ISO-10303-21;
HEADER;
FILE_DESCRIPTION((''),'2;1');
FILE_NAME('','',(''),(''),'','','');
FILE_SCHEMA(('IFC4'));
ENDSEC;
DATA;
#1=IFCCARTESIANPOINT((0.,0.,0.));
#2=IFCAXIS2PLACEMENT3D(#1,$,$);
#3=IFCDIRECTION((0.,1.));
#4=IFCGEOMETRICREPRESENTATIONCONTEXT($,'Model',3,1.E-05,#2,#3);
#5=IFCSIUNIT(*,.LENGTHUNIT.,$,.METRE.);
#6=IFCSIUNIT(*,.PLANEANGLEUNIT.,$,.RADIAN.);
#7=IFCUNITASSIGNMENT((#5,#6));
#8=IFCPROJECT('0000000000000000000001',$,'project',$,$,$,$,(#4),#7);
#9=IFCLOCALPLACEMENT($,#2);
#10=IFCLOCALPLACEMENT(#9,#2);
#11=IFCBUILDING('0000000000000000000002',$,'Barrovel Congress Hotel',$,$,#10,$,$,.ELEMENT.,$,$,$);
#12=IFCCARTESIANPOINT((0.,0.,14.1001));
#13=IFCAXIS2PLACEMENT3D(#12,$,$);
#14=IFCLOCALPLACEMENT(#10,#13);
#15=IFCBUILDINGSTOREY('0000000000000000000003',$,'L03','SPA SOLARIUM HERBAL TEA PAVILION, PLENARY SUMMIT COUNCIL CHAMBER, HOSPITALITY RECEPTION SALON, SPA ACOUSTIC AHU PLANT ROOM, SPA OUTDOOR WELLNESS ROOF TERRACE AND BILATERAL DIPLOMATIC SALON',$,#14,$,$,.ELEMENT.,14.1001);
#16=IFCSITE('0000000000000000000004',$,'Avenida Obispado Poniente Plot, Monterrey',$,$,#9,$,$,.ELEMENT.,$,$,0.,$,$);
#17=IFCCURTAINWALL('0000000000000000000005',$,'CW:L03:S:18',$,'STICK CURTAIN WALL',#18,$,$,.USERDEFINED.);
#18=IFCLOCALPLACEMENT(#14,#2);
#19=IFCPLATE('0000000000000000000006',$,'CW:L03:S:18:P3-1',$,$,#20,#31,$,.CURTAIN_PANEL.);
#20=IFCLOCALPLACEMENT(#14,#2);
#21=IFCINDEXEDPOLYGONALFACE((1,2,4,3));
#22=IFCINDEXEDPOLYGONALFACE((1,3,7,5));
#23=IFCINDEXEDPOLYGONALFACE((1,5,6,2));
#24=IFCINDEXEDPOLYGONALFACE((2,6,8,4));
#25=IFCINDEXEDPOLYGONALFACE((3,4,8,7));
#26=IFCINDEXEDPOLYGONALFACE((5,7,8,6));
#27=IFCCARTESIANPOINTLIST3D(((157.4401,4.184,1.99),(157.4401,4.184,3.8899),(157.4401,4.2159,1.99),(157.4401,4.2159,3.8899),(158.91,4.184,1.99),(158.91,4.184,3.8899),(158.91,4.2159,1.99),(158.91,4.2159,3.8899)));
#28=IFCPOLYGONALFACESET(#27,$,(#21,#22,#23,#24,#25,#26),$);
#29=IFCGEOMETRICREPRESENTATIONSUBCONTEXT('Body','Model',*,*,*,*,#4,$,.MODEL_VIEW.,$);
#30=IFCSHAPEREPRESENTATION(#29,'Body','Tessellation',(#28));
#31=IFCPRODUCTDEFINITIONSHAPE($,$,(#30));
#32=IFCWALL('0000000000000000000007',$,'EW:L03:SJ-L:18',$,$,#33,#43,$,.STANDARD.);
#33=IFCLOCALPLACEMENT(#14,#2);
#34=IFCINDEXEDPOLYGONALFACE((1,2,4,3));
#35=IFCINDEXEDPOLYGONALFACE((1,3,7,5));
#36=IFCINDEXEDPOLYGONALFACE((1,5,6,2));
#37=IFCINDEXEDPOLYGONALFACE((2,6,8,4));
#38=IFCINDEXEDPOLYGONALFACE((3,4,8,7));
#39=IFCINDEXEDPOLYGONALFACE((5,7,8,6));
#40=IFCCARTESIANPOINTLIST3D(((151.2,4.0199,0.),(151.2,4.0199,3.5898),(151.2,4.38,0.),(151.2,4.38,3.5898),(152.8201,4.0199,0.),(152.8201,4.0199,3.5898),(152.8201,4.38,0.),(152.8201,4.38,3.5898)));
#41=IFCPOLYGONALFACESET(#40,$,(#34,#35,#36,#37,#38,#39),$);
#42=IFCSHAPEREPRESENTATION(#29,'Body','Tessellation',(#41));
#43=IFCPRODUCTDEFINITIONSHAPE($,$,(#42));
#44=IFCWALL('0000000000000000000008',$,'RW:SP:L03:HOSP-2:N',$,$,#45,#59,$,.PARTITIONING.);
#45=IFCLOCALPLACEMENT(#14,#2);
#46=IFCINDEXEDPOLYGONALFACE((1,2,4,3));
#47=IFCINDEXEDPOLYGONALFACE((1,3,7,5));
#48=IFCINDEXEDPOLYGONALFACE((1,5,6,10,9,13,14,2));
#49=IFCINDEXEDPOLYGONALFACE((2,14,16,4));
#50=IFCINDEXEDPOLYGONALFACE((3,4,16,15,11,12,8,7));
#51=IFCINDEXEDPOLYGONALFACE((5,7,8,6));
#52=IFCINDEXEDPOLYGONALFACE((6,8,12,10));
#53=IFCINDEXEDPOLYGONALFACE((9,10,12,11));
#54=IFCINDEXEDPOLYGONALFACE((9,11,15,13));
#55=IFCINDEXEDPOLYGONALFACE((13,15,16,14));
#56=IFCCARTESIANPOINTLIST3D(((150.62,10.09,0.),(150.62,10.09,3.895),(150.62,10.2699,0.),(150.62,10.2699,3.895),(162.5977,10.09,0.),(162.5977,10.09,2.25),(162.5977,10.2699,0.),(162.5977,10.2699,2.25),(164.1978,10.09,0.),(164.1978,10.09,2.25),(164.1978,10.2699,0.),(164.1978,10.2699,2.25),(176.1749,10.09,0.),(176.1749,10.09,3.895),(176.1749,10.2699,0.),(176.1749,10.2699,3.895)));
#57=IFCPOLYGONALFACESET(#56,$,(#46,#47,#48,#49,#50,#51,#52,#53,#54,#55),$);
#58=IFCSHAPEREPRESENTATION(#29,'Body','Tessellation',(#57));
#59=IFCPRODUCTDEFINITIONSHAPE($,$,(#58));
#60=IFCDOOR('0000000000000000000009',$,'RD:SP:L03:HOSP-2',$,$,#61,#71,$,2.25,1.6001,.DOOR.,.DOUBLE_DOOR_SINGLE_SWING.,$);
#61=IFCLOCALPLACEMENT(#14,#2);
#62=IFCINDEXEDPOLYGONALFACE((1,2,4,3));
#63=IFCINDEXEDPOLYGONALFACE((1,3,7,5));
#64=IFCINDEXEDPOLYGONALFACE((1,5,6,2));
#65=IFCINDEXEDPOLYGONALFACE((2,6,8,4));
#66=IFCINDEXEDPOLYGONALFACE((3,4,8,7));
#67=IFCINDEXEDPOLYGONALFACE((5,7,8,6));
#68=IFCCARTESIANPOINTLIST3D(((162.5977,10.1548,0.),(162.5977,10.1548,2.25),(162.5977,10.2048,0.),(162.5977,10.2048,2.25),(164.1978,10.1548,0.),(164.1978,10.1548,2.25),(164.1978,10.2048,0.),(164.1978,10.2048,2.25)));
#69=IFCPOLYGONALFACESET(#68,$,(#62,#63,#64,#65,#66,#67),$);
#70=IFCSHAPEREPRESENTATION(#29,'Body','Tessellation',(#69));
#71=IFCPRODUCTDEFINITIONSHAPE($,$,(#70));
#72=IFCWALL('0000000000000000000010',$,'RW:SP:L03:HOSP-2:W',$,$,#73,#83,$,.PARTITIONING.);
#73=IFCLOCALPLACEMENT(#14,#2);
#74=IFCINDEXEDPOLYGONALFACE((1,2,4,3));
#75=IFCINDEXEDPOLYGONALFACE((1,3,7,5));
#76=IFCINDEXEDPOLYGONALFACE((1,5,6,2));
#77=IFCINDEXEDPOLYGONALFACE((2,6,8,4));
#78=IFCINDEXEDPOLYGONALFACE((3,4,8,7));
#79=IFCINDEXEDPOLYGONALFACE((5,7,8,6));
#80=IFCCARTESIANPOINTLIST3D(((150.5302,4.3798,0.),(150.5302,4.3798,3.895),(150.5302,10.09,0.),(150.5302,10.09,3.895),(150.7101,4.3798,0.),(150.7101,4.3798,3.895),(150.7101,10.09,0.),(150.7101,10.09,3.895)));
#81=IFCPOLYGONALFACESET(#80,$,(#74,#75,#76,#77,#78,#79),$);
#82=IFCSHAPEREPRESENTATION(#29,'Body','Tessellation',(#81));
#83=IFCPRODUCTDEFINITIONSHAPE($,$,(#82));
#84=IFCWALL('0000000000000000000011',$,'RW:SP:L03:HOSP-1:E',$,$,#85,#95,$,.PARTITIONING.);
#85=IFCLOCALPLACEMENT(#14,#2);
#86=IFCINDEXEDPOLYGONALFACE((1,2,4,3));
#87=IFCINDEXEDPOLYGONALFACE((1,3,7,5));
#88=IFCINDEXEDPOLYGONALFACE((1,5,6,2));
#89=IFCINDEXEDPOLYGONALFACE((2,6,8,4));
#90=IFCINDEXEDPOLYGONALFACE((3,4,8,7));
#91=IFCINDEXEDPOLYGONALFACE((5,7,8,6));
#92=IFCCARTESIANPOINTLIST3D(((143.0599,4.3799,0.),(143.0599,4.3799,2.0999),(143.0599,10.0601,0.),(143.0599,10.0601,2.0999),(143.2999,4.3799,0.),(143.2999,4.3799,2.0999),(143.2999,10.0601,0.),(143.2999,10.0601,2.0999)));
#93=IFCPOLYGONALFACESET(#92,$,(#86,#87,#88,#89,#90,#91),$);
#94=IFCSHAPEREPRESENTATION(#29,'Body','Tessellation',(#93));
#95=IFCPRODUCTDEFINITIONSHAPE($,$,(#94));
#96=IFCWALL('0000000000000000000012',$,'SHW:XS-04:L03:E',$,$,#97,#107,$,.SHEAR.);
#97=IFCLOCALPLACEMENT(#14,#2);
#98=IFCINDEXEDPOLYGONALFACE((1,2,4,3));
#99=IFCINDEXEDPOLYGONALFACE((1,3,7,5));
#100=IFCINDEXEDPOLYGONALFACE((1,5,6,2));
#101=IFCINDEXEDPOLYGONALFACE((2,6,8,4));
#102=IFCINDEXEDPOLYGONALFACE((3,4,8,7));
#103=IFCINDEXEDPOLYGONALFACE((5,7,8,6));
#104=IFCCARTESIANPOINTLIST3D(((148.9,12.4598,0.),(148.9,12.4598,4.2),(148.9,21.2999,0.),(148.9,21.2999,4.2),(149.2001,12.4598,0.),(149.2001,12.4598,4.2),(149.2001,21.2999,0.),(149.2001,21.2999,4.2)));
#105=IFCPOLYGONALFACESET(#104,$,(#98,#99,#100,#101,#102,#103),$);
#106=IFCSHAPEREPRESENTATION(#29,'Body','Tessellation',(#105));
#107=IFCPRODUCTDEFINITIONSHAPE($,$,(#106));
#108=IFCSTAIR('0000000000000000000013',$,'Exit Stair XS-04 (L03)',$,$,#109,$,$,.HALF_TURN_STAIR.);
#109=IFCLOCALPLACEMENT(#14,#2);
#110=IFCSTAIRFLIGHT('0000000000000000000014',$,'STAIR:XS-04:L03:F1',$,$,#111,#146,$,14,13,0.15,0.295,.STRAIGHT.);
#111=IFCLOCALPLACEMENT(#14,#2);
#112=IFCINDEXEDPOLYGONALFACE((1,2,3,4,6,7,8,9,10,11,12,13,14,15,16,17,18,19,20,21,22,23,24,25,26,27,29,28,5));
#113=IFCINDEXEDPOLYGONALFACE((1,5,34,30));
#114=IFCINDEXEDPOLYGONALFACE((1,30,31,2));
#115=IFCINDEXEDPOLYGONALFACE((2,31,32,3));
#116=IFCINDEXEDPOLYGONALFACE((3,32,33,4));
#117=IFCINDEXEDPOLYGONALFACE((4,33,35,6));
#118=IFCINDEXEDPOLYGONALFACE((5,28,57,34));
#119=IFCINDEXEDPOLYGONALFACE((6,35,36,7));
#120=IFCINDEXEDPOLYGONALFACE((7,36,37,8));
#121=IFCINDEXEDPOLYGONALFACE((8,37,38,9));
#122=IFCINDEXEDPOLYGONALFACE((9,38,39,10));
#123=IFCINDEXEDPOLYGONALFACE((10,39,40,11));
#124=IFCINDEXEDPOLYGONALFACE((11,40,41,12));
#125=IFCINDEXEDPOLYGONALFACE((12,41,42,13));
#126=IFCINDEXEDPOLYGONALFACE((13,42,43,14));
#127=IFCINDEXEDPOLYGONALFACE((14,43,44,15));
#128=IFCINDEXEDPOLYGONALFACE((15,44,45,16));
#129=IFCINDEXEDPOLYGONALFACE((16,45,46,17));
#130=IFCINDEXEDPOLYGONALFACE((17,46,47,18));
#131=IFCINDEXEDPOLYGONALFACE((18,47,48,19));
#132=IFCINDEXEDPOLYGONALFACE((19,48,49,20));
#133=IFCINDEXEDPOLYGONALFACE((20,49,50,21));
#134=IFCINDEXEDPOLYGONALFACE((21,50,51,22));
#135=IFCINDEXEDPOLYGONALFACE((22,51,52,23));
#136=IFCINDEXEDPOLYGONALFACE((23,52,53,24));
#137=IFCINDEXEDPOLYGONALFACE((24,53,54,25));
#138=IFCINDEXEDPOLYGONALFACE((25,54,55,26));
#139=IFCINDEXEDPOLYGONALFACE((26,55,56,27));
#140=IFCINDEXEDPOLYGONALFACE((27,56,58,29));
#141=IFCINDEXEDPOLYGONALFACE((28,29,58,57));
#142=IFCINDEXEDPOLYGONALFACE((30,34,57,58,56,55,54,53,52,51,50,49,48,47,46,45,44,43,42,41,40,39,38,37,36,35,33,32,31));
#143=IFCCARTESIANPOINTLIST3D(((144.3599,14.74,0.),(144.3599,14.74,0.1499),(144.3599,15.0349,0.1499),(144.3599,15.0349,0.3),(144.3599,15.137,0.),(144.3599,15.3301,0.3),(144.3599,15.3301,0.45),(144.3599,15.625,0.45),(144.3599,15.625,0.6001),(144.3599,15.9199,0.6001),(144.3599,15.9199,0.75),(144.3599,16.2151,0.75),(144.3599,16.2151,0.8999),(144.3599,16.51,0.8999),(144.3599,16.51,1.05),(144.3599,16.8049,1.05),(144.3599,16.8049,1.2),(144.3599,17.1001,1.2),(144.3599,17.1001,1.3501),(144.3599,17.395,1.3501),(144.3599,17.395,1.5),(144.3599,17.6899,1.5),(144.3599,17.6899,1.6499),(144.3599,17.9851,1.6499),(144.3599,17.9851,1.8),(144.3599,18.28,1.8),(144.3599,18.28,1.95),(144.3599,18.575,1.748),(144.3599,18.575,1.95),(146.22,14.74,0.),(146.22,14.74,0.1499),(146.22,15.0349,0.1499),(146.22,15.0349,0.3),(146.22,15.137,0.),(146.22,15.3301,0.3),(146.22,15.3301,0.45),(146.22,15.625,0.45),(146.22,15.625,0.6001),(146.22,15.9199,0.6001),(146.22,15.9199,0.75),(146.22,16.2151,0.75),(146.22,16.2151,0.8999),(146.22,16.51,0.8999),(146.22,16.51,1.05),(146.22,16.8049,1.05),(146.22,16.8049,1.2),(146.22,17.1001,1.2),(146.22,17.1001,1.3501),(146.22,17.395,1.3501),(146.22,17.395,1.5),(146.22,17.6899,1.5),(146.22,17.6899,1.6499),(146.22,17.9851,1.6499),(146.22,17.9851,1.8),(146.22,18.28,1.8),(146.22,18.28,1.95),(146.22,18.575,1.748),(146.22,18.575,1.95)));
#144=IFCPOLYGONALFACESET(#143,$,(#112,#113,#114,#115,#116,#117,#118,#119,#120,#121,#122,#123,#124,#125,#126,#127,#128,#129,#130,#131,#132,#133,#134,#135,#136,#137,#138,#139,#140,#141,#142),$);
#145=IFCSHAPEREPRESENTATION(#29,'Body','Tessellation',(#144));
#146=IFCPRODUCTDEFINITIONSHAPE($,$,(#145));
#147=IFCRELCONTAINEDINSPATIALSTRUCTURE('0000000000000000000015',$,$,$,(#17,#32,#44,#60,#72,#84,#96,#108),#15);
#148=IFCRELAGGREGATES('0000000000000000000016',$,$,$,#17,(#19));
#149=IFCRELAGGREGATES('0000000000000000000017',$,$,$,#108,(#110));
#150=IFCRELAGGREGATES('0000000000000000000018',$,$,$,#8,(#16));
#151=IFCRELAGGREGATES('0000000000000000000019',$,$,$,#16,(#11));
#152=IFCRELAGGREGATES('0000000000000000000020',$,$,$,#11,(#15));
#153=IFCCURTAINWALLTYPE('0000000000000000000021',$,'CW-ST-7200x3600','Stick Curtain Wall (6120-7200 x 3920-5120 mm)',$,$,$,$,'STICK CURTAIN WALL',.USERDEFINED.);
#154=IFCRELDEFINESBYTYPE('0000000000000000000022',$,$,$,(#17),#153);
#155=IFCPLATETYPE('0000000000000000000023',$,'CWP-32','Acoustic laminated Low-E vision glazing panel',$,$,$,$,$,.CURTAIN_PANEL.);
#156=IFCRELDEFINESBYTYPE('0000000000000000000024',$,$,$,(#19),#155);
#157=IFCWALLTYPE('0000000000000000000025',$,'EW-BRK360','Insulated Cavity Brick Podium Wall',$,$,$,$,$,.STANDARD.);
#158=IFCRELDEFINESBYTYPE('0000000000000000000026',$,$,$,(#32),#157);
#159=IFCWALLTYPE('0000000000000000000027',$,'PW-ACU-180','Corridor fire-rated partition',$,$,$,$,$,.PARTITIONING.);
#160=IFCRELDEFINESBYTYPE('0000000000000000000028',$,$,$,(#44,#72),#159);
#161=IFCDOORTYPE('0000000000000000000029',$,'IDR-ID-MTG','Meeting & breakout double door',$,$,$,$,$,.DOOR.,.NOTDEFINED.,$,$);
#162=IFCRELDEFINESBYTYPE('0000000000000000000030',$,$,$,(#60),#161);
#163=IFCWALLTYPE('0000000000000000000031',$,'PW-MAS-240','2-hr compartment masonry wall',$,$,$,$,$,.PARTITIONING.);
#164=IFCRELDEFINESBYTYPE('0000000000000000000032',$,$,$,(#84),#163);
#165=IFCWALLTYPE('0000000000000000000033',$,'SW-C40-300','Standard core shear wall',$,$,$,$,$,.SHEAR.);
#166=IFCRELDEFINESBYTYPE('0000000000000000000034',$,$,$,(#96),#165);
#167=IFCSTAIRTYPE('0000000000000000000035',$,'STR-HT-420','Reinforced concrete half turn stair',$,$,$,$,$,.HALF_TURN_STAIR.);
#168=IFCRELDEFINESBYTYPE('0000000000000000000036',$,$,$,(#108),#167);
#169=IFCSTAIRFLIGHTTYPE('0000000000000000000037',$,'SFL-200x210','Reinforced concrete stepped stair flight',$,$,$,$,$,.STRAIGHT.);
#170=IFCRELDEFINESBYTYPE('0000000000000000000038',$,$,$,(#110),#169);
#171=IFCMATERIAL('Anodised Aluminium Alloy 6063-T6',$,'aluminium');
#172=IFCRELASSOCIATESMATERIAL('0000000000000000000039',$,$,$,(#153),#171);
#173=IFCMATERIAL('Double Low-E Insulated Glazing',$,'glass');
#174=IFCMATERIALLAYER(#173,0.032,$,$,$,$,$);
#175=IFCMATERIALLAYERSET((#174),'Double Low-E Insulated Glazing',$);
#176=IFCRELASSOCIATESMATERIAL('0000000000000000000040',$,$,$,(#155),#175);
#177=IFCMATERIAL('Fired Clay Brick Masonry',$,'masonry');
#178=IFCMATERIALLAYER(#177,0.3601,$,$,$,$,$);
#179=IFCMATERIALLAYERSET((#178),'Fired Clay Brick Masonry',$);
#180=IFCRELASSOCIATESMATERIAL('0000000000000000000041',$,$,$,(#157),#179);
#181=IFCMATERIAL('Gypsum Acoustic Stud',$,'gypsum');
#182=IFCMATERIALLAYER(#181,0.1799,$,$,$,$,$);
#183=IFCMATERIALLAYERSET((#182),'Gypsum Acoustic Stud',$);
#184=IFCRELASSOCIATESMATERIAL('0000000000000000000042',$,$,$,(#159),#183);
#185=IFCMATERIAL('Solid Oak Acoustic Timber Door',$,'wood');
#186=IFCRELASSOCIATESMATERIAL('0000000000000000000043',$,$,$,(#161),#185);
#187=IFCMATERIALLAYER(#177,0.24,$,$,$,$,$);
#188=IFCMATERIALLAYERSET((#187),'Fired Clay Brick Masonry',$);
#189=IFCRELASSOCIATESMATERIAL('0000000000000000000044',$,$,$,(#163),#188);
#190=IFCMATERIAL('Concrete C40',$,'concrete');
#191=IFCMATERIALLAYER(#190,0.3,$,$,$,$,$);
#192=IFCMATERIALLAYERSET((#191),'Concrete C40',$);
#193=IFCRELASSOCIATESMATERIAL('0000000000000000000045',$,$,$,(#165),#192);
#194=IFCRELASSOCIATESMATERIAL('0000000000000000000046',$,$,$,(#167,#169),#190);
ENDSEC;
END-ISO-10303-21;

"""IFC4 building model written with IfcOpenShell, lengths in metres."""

from ifc_helpers import new_model, si_unit, direction, frame, frame_2d, origin, origin_2d, place, context, subcontext, project, spatial, polyline, rectangle, outline, extrude, material, layer, layer_set, type_object, element, fill, aggregate, save


model = new_model("IFC4")

# Units and contexts
model_context = context("Model", 3, precision=1e-05, world=origin(), true_north=direction((0.0, 1.0)))
body_context = subcontext(model_context, "Body", "Model", "MODEL_VIEW")
ifc_project = project(units=[si_unit("LENGTHUNIT", "METRE"), si_unit("PLANEANGLEUNIT", "RADIAN")], contexts=[model_context])

# Site, building, storey
site_placement = place(None, origin())
site = spatial("IfcSite", under=ifc_project, at=site_placement, Name="Avenida Obispado Poniente Plot, Monterrey", CompositionType="ELEMENT", RefElevation=0.0)
building_placement = place(site_placement, origin())
building = spatial("IfcBuilding", under=site, at=building_placement, Name="Barrovel Congress Hotel", CompositionType="ELEMENT")
storey_placement = place(building_placement, frame((0.0, 0.0, 14.1001)))
storey = spatial("IfcBuildingStorey", under=building, at=storey_placement, Name="L03", Description="SPA SOLARIUM HERBAL TEA PAVILION, PLENARY SUMMIT COUNCIL CHAMBER, HOSPITALITY RECEPTION SALON, SPA ACOUSTIC AHU PLANT ROOM, SPA OUTDOOR WELLNESS ROOF TERRACE AND BILATERAL DIPLOMATIC SALON", CompositionType="ELEMENT", Elevation=14.1001)

# Shared definitions
ifc_material_1 = material(Name="Concrete C40", Category="concrete")

# Curtain wall
ifc_material_2 = material(Name="Anodised Aluminium Alloy 6063-T6", Category="aluminium")
curtain_wall_type = type_object("IfcCurtainWallType", Name="CW-ST-7200x3600", Description="Stick Curtain Wall (6120-7200 x 3920-5120 mm)", ElementType="STICK CURTAIN WALL", PredefinedType="USERDEFINED", material=ifc_material_2)
curtain_wall_placement = place(storey_placement, origin())
curtain_wall = element("IfcCurtainWall", 1, at=curtain_wall_placement, inside=storey, type_object=curtain_wall_type, Name="CW:L03:S:18", ObjectType="STICK CURTAIN WALL", PredefinedType="USERDEFINED")

# Plate
ifc_material_3 = material(Name="Double Low-E Insulated Glazing", Category="glass")
ifc_layer_1 = layer(ifc_material_3, 0.032)
ifc_layer_set_1 = layer_set([ifc_layer_1], Name="Double Low-E Insulated Glazing")
plate_type = type_object("IfcPlateType", Name="CWP-32", Description="Acoustic laminated Low-E vision glazing panel", PredefinedType="CURTAIN_PANEL", material=ifc_layer_set_1)
plate_1_placement = place(storey_placement, frame((158.175, 4.2, 1.99), z_axis=(0.0, 0.0, 1.0), x_axis=(1.0, 0.0, 0.0)))
plate_1 = element("IfcPlate", 2, at=plate_1_placement, type_object=plate_type, Name="CW:L03:S:18:P3-1", PredefinedType="CURTAIN_PANEL", context=body_context, shape_type="SweptSolid", body=[
    extrude(rectangle(XDim=1.47, YDim=0.032, at=origin_2d()), origin(), (0.0, 0.0, 1.0), 1.8999),
])
aggregate(curtain_wall, [plate_1])

# Wall
ifc_material_4 = material(Name="Fired Clay Brick Masonry", Category="masonry")
ifc_layer_2 = layer(ifc_material_4, 0.3601)
ifc_layer_set_2 = layer_set([ifc_layer_2], Name="Fired Clay Brick Masonry")
wall_type_1 = type_object("IfcWallType", Name="EW-BRK360", Description="Insulated Cavity Brick Podium Wall", PredefinedType="STANDARD", material=ifc_layer_set_2)
wall_1_placement = place(storey_placement, frame((151.2, 4.2, 0.0), z_axis=(0.0, 0.0, 1.0), x_axis=(1.0, 0.0, 0.0)))
element("IfcWall", 3, at=wall_1_placement, inside=storey, type_object=wall_type_1, Name="EW:L03:SJ-L:18", PredefinedType="STANDARD", context=body_context, shape_type="SweptSolid", body=[
    extrude(rectangle(XDim=1.6201, YDim=0.3601, at=frame_2d((0.8101, 0.0))), origin(), (0.0, 0.0, 1.0), 3.5898),
])

# Wall, opening, door
ifc_material_5 = material(Name="Gypsum Acoustic Stud", Category="gypsum")
ifc_layer_3 = layer(ifc_material_5, 0.1799)
ifc_layer_set_3 = layer_set([ifc_layer_3], Name="Gypsum Acoustic Stud")
wall_type_2 = type_object("IfcWallType", Name="PW-ACU-180", Description="Corridor fire-rated partition", PredefinedType="PARTITIONING", material=ifc_layer_set_3)
wall_2_placement = place(storey_placement, frame((150.6201, 10.1799, 0.0), z_axis=(0.0, 0.0, 1.0), x_axis=(1.0, 0.0, 0.0)))
wall_2 = element("IfcWall", 4, at=wall_2_placement, inside=storey, type_object=wall_type_2, Name="RW:SP:L03:HOSP-2:N", PredefinedType="PARTITIONING", context=body_context, shape_type="SweptSolid", body=[
    extrude(rectangle(XDim=25.5549, YDim=0.1799, at=frame_2d((12.7773, 0.0))), origin(), (0.0, 0.0, 1.0), 3.895),
])
opening_1_placement = place(wall_2_placement, frame((11.9775, 0.0, 0.0)))
opening_1 = element("IfcOpeningElement", 5, at=opening_1_placement, cuts=wall_2, PredefinedType="OPENING", context=body_context, shape_type="SweptSolid", body=[
    extrude(rectangle(XDim=1.6001, YDim=2.25, at=frame_2d((0.8, 1.125))), frame((0.0, 0.1001, 0.0), z_axis=(0.0, -1.0, 0.0), x_axis=(1.0, 0.0, 0.0)), (0.0, 0.0, 1.0), 0.2),
])
ifc_material_6 = material(Name="Solid Oak Acoustic Timber Door", Category="wood")
door_type_1 = type_object("IfcDoorType", Name="IDR-ID-MTG", Description="Meeting & breakout double door", OperationType="NOTDEFINED", PredefinedType="DOOR", material=ifc_material_6)
door_1_placement = place(opening_1_placement, origin())
door_1 = element("IfcDoor", 6, at=door_1_placement, inside=storey, type_object=door_type_1, Name="RD:SP:L03:HOSP-2", OperationType="DOUBLE_DOOR_SINGLE_SWING", OverallHeight=2.25, OverallWidth=1.6001, PredefinedType="DOOR", context=body_context, shape_type="SweptSolid", body=[
    extrude(rectangle(XDim=1.6001, YDim=2.25, at=frame_2d((0.8, 1.125))), frame((0.0, 0.0249, 0.0), z_axis=(0.0, -1.0, 0.0), x_axis=(1.0, 0.0, 0.0)), (0.0, 0.0, 1.0), 0.05),
])
fill(opening_1, door_1)

# Walls
wall_3_placement = place(storey_placement, frame((150.6201, 4.3799, 0.0), z_axis=(0.0, 0.0, 1.0), x_axis=(0.0, 1.0, 0.0)))
element("IfcWall", 7, at=wall_3_placement, inside=storey, type_object=wall_type_2, Name="RW:SP:L03:HOSP-2:W", PredefinedType="PARTITIONING", context=body_context, shape_type="SweptSolid", body=[
    extrude(rectangle(XDim=5.7102, YDim=0.1799, at=frame_2d((2.855, 0.0))), origin(), (0.0, 0.0, 1.0), 3.895),
])
ifc_layer_4 = layer(ifc_material_4, 0.24)
ifc_layer_set_4 = layer_set([ifc_layer_4], Name="Fired Clay Brick Masonry")
wall_type_3 = type_object("IfcWallType", Name="PW-MAS-240", Description="2-hr compartment masonry wall", PredefinedType="PARTITIONING", material=ifc_layer_set_4)
wall_4_placement = place(storey_placement, frame((143.1799, 4.3799, 0.0), z_axis=(0.0, 0.0, 1.0), x_axis=(0.0, 1.0, 0.0)))
element("IfcWall", 8, at=wall_4_placement, inside=storey, type_object=wall_type_3, Name="RW:SP:L03:HOSP-1:E", PredefinedType="PARTITIONING", context=body_context, shape_type="SweptSolid", body=[
    extrude(rectangle(XDim=5.6802, YDim=0.24, at=frame_2d((2.8401, 0.0))), origin(), (0.0, 0.0, 1.0), 2.0999),
])

# Shared definitions
ifc_layer_5 = layer(ifc_material_1, 0.3)
ifc_layer_set_5 = layer_set([ifc_layer_5], Name="Concrete C40")
wall_type_4 = type_object("IfcWallType", Name="SW-C40-300", Description="Standard core shear wall", PredefinedType="SHEAR", material=ifc_layer_set_5)

# Wall
wall_5_placement = place(storey_placement, frame((149.05, 12.46, 0.0), z_axis=(0.0, 0.0, 1.0), x_axis=(0.0, 1.0, 0.0)))
element("IfcWall", 9, at=wall_5_placement, inside=storey, type_object=wall_type_4, Name="SHW:XS-04:L03:E", PredefinedType="SHEAR", context=body_context, shape_type="SweptSolid", body=[
    extrude(rectangle(XDim=8.8401, YDim=0.3, at=frame_2d((4.4199, 0.0))), origin(), (0.0, 0.0, 1.0), 4.2),
])

# Stair, stair flight
stair_type = type_object("IfcStairType", Name="STR-HT-420", Description="Reinforced concrete half turn stair", PredefinedType="HALF_TURN_STAIR", material=ifc_material_1)
stair_placement = place(storey_placement, origin())
stair = element("IfcStair", 10, at=stair_placement, inside=storey, type_object=stair_type, Name="Exit Stair XS-04 (L03)", PredefinedType="HALF_TURN_STAIR")
stair_flight_type = type_object("IfcStairFlightType", Name="SFL-200x210", Description="Reinforced concrete stepped stair flight", PredefinedType="STRAIGHT", material=ifc_material_1)
stair_flight_1_placement = place(storey_placement, frame((145.29, 14.74, 0.0), z_axis=(0.0, 0.0, 1.0), x_axis=(0.0, 1.0, 0.0)))
stair_flight_1 = element("IfcStairFlight", 11, at=stair_flight_1_placement, type_object=stair_flight_type, Name="STAIR:XS-04:L03:F1", NumberOfRisers=14, NumberOfTreads=13, PredefinedType="STRAIGHT", RiserHeight=0.15, TreadLength=0.295, context=body_context, shape_type="SweptSolid", body=[
    extrude(outline(polyline([(0.0, 0.0), (0.0, 0.1499), (0.2949, 0.1499), (0.2949, 0.3), (0.5901, 0.3), (0.5901, 0.45), (0.885, 0.45), (0.885, 0.6001), (1.1799, 0.6001), (1.1799, 0.75), (1.4751, 0.75), (1.4751, 0.8999), (1.77, 0.8999), (1.77, 1.05), (2.0649, 1.05), (2.0649, 1.2), (2.3601, 1.2), (2.3601, 1.3501), (2.655, 1.3501), (2.655, 1.5), (2.95, 1.5), (2.95, 1.6499), (3.2451, 1.6499), (3.2451, 1.8), (3.54, 1.8), (3.54, 1.95), (3.835, 1.95), (3.835, 2.1001), (3.835, 1.748), (0.397, 0.0), (0.0, 0.0)])), frame((0.0, 0.9302, 0.0), z_axis=(0.0, -1.0, 0.0), x_axis=(1.0, 0.0, 0.0)), (0.0, 0.0, 1.0), 1.8601),
])
aggregate(stair, [stair_flight_1])

save(model, "model.ifc")
